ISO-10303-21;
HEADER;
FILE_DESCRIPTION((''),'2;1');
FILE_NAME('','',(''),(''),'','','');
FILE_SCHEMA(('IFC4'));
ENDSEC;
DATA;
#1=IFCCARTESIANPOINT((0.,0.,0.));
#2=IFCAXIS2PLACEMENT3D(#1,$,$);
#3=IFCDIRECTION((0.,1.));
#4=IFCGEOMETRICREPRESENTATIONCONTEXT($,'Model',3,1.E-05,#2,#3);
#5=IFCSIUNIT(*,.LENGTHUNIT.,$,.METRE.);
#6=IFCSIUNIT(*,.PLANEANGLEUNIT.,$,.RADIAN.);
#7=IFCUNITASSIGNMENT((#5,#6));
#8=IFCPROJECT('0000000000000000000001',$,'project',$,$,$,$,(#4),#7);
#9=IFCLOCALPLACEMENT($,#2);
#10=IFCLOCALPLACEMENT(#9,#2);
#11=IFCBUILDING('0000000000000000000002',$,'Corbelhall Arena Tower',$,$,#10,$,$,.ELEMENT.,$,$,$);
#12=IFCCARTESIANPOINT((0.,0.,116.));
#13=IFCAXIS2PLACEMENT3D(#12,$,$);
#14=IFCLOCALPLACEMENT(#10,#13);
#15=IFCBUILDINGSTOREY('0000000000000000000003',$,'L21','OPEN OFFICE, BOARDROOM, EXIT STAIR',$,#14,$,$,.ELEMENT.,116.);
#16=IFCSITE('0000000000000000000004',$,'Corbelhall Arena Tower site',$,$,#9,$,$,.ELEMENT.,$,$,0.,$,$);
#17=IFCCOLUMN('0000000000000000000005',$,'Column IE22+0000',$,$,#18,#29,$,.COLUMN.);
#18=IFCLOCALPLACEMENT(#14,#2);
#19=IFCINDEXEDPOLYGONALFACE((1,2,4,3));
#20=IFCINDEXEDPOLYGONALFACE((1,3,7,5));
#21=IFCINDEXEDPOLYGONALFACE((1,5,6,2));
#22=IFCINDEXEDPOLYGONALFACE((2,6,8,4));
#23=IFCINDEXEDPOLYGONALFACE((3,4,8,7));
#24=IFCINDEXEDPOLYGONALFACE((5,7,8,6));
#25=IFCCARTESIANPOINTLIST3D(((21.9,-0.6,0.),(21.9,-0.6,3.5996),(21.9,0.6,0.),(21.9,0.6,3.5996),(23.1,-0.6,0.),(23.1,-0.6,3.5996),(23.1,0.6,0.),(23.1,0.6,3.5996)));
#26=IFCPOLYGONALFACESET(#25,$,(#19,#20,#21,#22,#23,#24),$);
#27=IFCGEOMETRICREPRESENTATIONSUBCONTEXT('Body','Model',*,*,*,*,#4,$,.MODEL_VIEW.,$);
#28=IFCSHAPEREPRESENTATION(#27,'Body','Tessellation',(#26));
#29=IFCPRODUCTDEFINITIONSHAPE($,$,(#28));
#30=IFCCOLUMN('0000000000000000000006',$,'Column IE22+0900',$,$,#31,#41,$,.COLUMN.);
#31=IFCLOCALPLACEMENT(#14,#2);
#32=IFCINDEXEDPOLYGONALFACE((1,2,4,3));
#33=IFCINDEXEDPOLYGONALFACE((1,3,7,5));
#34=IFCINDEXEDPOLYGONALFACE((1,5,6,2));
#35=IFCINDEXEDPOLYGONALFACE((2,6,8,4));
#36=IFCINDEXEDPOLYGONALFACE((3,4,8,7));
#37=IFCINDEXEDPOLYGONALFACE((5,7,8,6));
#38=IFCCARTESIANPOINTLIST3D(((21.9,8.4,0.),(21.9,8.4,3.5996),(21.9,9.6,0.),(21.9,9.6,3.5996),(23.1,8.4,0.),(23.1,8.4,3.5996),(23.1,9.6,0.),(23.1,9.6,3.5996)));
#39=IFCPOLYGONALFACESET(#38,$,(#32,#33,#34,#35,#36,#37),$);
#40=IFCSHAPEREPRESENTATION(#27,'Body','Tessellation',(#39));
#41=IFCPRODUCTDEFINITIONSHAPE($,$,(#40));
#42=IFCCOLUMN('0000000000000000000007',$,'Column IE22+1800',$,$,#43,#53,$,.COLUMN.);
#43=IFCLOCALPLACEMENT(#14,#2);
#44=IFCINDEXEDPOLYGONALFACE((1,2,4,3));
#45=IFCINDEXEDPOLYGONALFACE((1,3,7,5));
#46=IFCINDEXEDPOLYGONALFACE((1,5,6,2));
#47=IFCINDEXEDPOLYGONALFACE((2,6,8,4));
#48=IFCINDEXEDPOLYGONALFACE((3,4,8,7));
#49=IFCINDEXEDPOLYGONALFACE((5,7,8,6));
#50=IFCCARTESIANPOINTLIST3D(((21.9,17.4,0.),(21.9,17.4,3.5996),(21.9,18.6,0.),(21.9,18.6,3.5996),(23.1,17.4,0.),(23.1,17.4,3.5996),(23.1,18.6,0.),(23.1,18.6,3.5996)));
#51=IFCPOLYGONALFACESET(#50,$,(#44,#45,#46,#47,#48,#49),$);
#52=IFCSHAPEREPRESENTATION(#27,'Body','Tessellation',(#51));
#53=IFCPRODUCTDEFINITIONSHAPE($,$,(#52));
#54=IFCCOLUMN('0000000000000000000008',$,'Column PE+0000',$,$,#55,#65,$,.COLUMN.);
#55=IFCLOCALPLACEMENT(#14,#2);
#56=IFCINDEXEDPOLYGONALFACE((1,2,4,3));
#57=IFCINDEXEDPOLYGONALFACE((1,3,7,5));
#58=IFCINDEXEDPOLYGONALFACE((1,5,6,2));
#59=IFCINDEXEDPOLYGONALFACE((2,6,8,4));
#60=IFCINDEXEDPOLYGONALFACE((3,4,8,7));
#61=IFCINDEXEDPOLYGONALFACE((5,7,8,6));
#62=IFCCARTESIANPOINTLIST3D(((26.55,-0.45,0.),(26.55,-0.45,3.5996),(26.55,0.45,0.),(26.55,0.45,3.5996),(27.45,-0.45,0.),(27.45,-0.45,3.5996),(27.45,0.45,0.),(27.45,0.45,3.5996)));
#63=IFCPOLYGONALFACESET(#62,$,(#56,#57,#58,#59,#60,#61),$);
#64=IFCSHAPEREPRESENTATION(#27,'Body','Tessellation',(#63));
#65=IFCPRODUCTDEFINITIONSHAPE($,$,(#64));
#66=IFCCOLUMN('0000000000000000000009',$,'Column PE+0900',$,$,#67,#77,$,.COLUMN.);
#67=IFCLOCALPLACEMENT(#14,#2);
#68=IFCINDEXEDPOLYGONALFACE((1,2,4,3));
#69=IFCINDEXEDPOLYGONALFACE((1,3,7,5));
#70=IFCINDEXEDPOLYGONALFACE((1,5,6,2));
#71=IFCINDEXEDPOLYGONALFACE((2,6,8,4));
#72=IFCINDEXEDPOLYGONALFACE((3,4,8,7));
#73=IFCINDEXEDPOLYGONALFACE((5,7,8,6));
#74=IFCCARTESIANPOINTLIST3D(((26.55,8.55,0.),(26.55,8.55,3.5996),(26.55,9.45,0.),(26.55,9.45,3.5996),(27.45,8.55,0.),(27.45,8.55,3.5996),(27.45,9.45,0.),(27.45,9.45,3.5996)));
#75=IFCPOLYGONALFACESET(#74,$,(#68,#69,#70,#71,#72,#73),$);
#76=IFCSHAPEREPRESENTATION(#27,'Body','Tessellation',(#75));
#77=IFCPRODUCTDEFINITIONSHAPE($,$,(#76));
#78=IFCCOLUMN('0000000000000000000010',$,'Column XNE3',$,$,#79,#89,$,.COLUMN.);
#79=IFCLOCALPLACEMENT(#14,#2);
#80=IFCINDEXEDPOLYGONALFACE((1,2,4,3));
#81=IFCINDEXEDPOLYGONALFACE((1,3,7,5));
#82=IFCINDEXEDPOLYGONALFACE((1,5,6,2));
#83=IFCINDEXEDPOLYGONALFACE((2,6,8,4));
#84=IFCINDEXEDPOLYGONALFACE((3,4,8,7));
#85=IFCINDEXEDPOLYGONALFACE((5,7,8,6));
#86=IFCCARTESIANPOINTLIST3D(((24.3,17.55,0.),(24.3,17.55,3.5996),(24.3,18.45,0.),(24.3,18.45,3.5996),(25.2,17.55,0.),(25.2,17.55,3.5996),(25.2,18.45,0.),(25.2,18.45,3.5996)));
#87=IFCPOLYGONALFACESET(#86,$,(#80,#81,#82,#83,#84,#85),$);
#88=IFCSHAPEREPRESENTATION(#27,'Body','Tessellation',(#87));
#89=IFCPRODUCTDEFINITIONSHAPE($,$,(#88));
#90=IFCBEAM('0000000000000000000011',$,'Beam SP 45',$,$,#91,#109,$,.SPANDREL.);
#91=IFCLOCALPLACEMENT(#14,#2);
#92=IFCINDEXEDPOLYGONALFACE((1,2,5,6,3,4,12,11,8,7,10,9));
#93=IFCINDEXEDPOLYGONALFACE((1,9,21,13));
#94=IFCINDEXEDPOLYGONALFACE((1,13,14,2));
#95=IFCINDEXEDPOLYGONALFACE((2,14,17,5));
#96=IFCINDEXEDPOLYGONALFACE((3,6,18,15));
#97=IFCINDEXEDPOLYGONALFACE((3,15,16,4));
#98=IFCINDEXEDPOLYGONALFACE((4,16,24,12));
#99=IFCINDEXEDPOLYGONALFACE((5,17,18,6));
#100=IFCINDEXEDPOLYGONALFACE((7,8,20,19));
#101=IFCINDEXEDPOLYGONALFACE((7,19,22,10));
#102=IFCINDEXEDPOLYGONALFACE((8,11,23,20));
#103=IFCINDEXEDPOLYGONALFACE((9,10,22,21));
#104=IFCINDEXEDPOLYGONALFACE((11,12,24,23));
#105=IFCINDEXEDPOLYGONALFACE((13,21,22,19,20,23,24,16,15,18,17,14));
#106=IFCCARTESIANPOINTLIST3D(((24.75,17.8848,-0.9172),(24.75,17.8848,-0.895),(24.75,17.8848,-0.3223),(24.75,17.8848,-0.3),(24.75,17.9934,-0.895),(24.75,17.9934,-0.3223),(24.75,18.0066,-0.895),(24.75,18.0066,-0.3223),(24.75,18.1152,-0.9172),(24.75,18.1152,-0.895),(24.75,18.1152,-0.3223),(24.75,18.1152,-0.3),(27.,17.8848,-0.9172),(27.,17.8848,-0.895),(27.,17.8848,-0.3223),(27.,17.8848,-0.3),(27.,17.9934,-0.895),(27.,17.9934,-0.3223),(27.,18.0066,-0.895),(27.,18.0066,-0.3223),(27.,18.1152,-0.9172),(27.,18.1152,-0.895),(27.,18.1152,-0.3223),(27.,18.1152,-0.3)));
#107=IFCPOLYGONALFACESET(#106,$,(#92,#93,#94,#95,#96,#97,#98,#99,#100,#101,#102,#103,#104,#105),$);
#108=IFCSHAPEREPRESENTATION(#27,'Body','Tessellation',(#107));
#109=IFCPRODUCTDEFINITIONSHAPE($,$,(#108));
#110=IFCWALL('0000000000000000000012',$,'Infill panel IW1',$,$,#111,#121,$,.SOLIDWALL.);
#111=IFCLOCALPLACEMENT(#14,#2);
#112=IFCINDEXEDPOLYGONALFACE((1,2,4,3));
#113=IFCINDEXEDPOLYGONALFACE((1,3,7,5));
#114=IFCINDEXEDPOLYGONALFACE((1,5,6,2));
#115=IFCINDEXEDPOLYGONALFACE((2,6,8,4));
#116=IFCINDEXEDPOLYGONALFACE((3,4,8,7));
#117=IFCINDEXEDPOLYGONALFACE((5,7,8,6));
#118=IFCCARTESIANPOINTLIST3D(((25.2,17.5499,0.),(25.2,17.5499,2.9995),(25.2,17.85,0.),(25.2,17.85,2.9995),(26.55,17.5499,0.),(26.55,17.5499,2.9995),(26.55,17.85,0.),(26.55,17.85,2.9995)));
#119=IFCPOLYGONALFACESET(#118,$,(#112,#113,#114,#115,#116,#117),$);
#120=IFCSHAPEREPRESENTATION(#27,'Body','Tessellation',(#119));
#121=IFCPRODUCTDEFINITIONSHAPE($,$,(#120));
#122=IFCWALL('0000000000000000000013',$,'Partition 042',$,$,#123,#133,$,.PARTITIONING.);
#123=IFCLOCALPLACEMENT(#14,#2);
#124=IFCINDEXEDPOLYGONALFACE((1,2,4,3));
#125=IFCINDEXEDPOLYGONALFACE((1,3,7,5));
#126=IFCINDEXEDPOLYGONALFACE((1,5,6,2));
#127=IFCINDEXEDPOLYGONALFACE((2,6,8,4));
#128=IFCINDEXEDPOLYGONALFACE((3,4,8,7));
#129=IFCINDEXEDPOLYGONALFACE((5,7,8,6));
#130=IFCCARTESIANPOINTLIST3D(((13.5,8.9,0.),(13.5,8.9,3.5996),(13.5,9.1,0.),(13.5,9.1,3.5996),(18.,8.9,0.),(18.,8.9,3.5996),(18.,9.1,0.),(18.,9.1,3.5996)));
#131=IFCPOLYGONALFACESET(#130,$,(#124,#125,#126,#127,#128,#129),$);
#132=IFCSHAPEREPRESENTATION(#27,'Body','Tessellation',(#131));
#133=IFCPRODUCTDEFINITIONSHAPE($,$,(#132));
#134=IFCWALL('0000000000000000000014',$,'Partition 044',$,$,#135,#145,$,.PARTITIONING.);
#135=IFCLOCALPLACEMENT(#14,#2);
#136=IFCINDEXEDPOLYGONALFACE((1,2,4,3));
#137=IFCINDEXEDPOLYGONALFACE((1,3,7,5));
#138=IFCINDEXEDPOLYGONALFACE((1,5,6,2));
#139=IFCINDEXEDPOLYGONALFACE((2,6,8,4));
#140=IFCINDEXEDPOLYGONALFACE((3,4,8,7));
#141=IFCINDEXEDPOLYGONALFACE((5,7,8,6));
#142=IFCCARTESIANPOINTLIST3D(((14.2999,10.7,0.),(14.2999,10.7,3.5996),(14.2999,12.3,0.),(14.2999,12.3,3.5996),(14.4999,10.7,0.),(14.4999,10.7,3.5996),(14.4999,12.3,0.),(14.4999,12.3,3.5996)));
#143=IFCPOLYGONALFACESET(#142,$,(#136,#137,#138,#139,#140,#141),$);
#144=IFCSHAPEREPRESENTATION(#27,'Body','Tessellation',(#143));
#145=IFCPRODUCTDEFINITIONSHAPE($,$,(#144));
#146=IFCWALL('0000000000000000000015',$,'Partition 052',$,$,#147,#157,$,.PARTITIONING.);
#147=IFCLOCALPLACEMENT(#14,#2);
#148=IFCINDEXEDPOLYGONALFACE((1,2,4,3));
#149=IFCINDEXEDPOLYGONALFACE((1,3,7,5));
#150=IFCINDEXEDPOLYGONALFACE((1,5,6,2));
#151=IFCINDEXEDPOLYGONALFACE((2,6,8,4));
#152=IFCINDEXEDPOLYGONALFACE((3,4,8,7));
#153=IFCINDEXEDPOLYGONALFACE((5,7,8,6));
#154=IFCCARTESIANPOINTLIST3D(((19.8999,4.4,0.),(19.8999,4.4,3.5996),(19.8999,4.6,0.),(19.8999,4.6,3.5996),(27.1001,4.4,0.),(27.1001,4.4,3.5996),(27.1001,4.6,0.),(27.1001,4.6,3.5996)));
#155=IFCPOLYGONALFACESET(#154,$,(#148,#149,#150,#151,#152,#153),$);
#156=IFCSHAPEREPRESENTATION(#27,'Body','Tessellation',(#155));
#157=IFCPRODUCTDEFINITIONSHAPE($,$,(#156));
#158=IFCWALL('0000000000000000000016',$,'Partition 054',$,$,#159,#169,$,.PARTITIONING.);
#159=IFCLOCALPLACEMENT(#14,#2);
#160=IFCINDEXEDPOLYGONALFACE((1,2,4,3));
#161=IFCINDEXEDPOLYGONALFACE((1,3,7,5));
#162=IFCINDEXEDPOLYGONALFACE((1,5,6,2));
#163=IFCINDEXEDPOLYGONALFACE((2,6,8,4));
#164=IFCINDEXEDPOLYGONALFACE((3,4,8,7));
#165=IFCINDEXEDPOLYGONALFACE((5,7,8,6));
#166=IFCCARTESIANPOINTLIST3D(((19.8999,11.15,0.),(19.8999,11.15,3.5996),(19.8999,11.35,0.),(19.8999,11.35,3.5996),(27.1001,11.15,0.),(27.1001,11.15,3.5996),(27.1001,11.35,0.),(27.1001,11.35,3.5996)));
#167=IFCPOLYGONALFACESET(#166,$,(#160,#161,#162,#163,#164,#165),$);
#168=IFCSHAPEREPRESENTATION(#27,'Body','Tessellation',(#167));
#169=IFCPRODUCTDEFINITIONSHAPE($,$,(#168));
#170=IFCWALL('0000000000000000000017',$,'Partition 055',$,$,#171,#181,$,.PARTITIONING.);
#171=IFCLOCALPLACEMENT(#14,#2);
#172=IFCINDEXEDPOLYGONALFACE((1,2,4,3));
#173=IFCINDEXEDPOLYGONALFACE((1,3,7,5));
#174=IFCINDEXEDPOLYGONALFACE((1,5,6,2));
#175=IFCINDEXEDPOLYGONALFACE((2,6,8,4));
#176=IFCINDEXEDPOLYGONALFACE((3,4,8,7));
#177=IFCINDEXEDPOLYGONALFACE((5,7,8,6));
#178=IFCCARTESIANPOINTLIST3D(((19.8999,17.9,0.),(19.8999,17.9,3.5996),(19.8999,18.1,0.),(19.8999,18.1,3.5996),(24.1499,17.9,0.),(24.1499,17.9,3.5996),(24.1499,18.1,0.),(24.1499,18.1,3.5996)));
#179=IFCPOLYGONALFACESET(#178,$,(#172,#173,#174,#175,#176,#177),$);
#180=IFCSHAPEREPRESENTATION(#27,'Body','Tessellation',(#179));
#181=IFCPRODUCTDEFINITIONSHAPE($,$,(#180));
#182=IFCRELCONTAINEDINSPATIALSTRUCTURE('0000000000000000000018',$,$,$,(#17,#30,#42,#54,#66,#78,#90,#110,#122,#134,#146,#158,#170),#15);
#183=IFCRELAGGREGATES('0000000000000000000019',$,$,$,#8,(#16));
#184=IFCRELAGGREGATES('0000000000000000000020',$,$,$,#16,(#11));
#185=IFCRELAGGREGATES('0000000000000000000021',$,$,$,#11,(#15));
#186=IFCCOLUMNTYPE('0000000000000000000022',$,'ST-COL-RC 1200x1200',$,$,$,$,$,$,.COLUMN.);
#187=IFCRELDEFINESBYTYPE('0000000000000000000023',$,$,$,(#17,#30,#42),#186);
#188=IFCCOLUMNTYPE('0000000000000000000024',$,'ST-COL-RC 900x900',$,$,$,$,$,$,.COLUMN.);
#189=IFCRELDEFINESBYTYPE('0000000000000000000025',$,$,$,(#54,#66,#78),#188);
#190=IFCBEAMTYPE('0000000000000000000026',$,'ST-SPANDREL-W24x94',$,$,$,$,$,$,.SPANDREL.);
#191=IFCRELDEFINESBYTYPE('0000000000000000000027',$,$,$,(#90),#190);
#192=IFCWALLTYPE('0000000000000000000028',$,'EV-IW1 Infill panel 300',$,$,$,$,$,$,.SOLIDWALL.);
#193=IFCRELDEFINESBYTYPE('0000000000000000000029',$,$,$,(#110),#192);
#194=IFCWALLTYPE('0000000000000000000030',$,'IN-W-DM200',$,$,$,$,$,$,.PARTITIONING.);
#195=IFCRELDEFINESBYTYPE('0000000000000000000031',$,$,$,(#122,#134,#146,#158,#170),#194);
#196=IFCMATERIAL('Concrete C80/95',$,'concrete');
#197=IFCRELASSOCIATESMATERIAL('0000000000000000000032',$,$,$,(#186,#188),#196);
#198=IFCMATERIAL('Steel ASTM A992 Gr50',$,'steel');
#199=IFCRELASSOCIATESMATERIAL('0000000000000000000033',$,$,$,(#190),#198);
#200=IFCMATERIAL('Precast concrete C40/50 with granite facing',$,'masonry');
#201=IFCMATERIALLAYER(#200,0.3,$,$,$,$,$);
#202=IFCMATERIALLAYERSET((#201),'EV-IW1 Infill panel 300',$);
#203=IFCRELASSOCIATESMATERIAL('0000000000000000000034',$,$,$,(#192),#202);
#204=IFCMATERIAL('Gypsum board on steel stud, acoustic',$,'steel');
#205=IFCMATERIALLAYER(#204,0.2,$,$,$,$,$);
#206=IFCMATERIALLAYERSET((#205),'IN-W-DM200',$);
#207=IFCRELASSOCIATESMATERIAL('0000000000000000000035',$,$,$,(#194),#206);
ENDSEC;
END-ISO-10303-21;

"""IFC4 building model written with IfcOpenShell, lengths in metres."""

from ifc_helpers import new_model, si_unit, direction, frame, frame_2d, origin, origin_2d, place, context, subcontext, project, spatial, rectangle, i_section, extrude, material, layer, layer_set, material_profile, profile_set, type_object, element, save


model = new_model("IFC4")

# Units and contexts
model_context = context("Model", 3, precision=1e-05, world=origin(), true_north=direction((0.0, 1.0)))
body_context = subcontext(model_context, "Body", "Model", "MODEL_VIEW")
ifc_project = project(units=[si_unit("LENGTHUNIT", "METRE"), si_unit("PLANEANGLEUNIT", "RADIAN")], contexts=[model_context])

# Site, building, storey
site_placement = place(None, origin())
site = spatial("IfcSite", under=ifc_project, at=site_placement, Name="Corbelhall Arena Tower site", CompositionType="ELEMENT", RefElevation=0.0)
building_placement = place(site_placement, origin())
building = spatial("IfcBuilding", under=site, at=building_placement, Name="Corbelhall Arena Tower", CompositionType="ELEMENT")
storey_placement = place(building_placement, frame((0.0, 0.0, 116.0)))
storey = spatial("IfcBuildingStorey", under=building, at=storey_placement, Name="L21", Description="OPEN OFFICE, BOARDROOM, EXIT STAIR", CompositionType="ELEMENT", Elevation=116.0)

# Columns
ifc_material_1 = material(Name="Concrete C80/95", Category="concrete")
ifc_material_profile_1 = material_profile(ifc_material_1, rectangle(XDim=1.2, YDim=1.2, at=origin_2d()))
ifc_profile_set_1 = profile_set([ifc_material_profile_1], Name="Concrete C80/95")
column_type_1 = type_object("IfcColumnType", Name="ST-COL-RC 1200x1200", PredefinedType="COLUMN", material=ifc_profile_set_1)
for number, where, z_axis, x_axis, name in (
    (1, (22.5, 0.0, 0.0), (0.0, 0.0, 1.0), (1.0, 0.0, 0.0), "Column IE22+0000"),
    (2, (22.5, 9.0, 0.0), (0.0, 0.0, 1.0), (1.0, 0.0, 0.0), "Column IE22+0900"),
    (3, (22.5, 18.0, 0.0), (0.0, 0.0, 1.0), (1.0, 0.0, 0.0), "Column IE22+1800"),
):
    element("IfcColumn", number, at=place(storey_placement, frame(where, z_axis=z_axis, x_axis=x_axis)), inside=storey, type_object=column_type_1, Name=name, PredefinedType="COLUMN", context=body_context, shape_type="SweptSolid", body=[
        extrude(rectangle(XDim=1.2, YDim=1.2, at=origin_2d()), origin(), (0.0, 0.0, 1.0), 3.5996),
    ])
ifc_material_profile_2 = material_profile(ifc_material_1, rectangle(XDim=0.8999, YDim=0.8999, at=origin_2d()))
ifc_profile_set_2 = profile_set([ifc_material_profile_2], Name="Concrete C80/95")
column_type_2 = type_object("IfcColumnType", Name="ST-COL-RC 900x900", PredefinedType="COLUMN", material=ifc_profile_set_2)
for number, where, z_axis, x_axis, name in (
    (4, (27.0, 0.0, 0.0), (0.0, 0.0, 1.0), (1.0, 0.0, 0.0), "Column PE+0000"),
    (5, (27.0, 9.0, 0.0), (0.0, 0.0, 1.0), (1.0, 0.0, 0.0), "Column PE+0900"),
    (6, (24.75, 18.0, 0.0), (0.0, 0.0, 1.0), (1.0, 0.0, 0.0), "Column XNE3"),
):
    element("IfcColumn", number, at=place(storey_placement, frame(where, z_axis=z_axis, x_axis=x_axis)), inside=storey, type_object=column_type_2, Name=name, PredefinedType="COLUMN", context=body_context, shape_type="SweptSolid", body=[
        extrude(rectangle(XDim=0.8999, YDim=0.8999, at=origin_2d()), origin(), (0.0, 0.0, 1.0), 3.5996),
    ])

# Beam
ifc_material_2 = material(Name="Steel ASTM A992 Gr50", Category="steel")
ifc_material_profile_3 = material_profile(ifc_material_2, i_section(OverallWidth=0.2305, OverallDepth=0.6172, WebThickness=0.0132, FlangeThickness=0.0222, at=origin_2d()))
ifc_profile_set_3 = profile_set([ifc_material_profile_3], Name="Steel ASTM A992 Gr50")
beam_type = type_object("IfcBeamType", Name="ST-SPANDREL-W24x94", PredefinedType="SPANDREL", material=ifc_profile_set_3)
beam_placement = place(storey_placement, frame((24.75, 18.0, -0.6086), z_axis=(1.0, 0.0, 0.0), x_axis=(0.0, 1.0, 0.0)))
element("IfcBeam", 7, at=beam_placement, inside=storey, type_object=beam_type, Name="Beam SP 45", PredefinedType="SPANDREL", context=body_context, shape_type="SweptSolid", body=[
    extrude(i_section(OverallWidth=0.2305, OverallDepth=0.6172, WebThickness=0.0132, FlangeThickness=0.0222, at=origin_2d()), origin(), (0.0, 0.0, 1.0), 2.25),
])

# Walls
ifc_material_3 = material(Name="Precast concrete C40/50 with granite facing", Category="masonry")
ifc_layer_1 = layer(ifc_material_3, 0.3)
ifc_layer_set_1 = layer_set([ifc_layer_1], Name="EV-IW1 Infill panel 300")
wall_type_1 = type_object("IfcWallType", Name="EV-IW1 Infill panel 300", PredefinedType="SOLIDWALL", material=ifc_layer_set_1)
wall_1_placement = place(storey_placement, frame((26.55, 17.7, 0.0), z_axis=(0.0, 0.0, 1.0), x_axis=(-1.0, 0.0, 0.0)))
element("IfcWall", 8, at=wall_1_placement, inside=storey, type_object=wall_type_1, Name="Infill panel IW1", PredefinedType="SOLIDWALL", context=body_context, shape_type="SweptSolid", body=[
    extrude(rectangle(XDim=1.3501, YDim=0.3, at=frame_2d((0.675, 0.0))), origin(), (0.0, 0.0, 1.0), 2.9995),
])
ifc_material_4 = material(Name="Gypsum board on steel stud, acoustic", Category="steel")
ifc_layer_2 = layer(ifc_material_4, 0.2)
ifc_layer_set_2 = layer_set([ifc_layer_2], Name="IN-W-DM200")
wall_type_2 = type_object("IfcWallType", Name="IN-W-DM200", PredefinedType="PARTITIONING", material=ifc_layer_set_2)
wall_2_placement = place(storey_placement, frame((18.0, 9.0, 0.0), z_axis=(0.0, 0.0, 1.0), x_axis=(-1.0, 0.0, 0.0)))
element("IfcWall", 9, at=wall_2_placement, inside=storey, type_object=wall_type_2, Name="Partition 042", PredefinedType="PARTITIONING", context=body_context, shape_type="SweptSolid", body=[
    extrude(rectangle(XDim=4.5, YDim=0.2, at=frame_2d((2.25, 0.0))), origin(), (0.0, 0.0, 1.0), 3.5996),
])
wall_3_placement = place(storey_placement, frame((14.3999, 12.3, 0.0), z_axis=(0.0, 0.0, 1.0), x_axis=(0.0, -1.0, 0.0)))
element("IfcWall", 10, at=wall_3_placement, inside=storey, type_object=wall_type_2, Name="Partition 044", PredefinedType="PARTITIONING", context=body_context, shape_type="SweptSolid", body=[
    extrude(rectangle(XDim=1.6001, YDim=0.2, at=frame_2d((0.8, 0.0))), origin(), (0.0, 0.0, 1.0), 3.5996),
])

# Walls
for number, where, z_axis, x_axis, name in (
    (11, (19.8999, 4.5, 0.0), (0.0, 0.0, 1.0), (1.0, 0.0, 0.0), "Partition 052"),
    (12, (19.8999, 11.25, 0.0), (0.0, 0.0, 1.0), (1.0, 0.0, 0.0), "Partition 054"),
):
    element("IfcWall", number, at=place(storey_placement, frame(where, z_axis=z_axis, x_axis=x_axis)), inside=storey, type_object=wall_type_2, Name=name, PredefinedType="PARTITIONING", context=body_context, shape_type="SweptSolid", body=[
        extrude(rectangle(XDim=7.2002, YDim=0.2, at=frame_2d((3.6001, 0.0))), origin(), (0.0, 0.0, 1.0), 3.5996),
    ])
wall_4_placement = place(storey_placement, frame((19.8999, 18.0, 0.0), z_axis=(0.0, 0.0, 1.0), x_axis=(1.0, 0.0, 0.0)))
element("IfcWall", 13, at=wall_4_placement, inside=storey, type_object=wall_type_2, Name="Partition 055", PredefinedType="PARTITIONING", context=body_context, shape_type="SweptSolid", body=[
    extrude(rectangle(XDim=4.25, YDim=0.2, at=frame_2d((2.125, 0.0))), origin(), (0.0, 0.0, 1.0), 3.5996),
])

save(model, "model.ifc")
